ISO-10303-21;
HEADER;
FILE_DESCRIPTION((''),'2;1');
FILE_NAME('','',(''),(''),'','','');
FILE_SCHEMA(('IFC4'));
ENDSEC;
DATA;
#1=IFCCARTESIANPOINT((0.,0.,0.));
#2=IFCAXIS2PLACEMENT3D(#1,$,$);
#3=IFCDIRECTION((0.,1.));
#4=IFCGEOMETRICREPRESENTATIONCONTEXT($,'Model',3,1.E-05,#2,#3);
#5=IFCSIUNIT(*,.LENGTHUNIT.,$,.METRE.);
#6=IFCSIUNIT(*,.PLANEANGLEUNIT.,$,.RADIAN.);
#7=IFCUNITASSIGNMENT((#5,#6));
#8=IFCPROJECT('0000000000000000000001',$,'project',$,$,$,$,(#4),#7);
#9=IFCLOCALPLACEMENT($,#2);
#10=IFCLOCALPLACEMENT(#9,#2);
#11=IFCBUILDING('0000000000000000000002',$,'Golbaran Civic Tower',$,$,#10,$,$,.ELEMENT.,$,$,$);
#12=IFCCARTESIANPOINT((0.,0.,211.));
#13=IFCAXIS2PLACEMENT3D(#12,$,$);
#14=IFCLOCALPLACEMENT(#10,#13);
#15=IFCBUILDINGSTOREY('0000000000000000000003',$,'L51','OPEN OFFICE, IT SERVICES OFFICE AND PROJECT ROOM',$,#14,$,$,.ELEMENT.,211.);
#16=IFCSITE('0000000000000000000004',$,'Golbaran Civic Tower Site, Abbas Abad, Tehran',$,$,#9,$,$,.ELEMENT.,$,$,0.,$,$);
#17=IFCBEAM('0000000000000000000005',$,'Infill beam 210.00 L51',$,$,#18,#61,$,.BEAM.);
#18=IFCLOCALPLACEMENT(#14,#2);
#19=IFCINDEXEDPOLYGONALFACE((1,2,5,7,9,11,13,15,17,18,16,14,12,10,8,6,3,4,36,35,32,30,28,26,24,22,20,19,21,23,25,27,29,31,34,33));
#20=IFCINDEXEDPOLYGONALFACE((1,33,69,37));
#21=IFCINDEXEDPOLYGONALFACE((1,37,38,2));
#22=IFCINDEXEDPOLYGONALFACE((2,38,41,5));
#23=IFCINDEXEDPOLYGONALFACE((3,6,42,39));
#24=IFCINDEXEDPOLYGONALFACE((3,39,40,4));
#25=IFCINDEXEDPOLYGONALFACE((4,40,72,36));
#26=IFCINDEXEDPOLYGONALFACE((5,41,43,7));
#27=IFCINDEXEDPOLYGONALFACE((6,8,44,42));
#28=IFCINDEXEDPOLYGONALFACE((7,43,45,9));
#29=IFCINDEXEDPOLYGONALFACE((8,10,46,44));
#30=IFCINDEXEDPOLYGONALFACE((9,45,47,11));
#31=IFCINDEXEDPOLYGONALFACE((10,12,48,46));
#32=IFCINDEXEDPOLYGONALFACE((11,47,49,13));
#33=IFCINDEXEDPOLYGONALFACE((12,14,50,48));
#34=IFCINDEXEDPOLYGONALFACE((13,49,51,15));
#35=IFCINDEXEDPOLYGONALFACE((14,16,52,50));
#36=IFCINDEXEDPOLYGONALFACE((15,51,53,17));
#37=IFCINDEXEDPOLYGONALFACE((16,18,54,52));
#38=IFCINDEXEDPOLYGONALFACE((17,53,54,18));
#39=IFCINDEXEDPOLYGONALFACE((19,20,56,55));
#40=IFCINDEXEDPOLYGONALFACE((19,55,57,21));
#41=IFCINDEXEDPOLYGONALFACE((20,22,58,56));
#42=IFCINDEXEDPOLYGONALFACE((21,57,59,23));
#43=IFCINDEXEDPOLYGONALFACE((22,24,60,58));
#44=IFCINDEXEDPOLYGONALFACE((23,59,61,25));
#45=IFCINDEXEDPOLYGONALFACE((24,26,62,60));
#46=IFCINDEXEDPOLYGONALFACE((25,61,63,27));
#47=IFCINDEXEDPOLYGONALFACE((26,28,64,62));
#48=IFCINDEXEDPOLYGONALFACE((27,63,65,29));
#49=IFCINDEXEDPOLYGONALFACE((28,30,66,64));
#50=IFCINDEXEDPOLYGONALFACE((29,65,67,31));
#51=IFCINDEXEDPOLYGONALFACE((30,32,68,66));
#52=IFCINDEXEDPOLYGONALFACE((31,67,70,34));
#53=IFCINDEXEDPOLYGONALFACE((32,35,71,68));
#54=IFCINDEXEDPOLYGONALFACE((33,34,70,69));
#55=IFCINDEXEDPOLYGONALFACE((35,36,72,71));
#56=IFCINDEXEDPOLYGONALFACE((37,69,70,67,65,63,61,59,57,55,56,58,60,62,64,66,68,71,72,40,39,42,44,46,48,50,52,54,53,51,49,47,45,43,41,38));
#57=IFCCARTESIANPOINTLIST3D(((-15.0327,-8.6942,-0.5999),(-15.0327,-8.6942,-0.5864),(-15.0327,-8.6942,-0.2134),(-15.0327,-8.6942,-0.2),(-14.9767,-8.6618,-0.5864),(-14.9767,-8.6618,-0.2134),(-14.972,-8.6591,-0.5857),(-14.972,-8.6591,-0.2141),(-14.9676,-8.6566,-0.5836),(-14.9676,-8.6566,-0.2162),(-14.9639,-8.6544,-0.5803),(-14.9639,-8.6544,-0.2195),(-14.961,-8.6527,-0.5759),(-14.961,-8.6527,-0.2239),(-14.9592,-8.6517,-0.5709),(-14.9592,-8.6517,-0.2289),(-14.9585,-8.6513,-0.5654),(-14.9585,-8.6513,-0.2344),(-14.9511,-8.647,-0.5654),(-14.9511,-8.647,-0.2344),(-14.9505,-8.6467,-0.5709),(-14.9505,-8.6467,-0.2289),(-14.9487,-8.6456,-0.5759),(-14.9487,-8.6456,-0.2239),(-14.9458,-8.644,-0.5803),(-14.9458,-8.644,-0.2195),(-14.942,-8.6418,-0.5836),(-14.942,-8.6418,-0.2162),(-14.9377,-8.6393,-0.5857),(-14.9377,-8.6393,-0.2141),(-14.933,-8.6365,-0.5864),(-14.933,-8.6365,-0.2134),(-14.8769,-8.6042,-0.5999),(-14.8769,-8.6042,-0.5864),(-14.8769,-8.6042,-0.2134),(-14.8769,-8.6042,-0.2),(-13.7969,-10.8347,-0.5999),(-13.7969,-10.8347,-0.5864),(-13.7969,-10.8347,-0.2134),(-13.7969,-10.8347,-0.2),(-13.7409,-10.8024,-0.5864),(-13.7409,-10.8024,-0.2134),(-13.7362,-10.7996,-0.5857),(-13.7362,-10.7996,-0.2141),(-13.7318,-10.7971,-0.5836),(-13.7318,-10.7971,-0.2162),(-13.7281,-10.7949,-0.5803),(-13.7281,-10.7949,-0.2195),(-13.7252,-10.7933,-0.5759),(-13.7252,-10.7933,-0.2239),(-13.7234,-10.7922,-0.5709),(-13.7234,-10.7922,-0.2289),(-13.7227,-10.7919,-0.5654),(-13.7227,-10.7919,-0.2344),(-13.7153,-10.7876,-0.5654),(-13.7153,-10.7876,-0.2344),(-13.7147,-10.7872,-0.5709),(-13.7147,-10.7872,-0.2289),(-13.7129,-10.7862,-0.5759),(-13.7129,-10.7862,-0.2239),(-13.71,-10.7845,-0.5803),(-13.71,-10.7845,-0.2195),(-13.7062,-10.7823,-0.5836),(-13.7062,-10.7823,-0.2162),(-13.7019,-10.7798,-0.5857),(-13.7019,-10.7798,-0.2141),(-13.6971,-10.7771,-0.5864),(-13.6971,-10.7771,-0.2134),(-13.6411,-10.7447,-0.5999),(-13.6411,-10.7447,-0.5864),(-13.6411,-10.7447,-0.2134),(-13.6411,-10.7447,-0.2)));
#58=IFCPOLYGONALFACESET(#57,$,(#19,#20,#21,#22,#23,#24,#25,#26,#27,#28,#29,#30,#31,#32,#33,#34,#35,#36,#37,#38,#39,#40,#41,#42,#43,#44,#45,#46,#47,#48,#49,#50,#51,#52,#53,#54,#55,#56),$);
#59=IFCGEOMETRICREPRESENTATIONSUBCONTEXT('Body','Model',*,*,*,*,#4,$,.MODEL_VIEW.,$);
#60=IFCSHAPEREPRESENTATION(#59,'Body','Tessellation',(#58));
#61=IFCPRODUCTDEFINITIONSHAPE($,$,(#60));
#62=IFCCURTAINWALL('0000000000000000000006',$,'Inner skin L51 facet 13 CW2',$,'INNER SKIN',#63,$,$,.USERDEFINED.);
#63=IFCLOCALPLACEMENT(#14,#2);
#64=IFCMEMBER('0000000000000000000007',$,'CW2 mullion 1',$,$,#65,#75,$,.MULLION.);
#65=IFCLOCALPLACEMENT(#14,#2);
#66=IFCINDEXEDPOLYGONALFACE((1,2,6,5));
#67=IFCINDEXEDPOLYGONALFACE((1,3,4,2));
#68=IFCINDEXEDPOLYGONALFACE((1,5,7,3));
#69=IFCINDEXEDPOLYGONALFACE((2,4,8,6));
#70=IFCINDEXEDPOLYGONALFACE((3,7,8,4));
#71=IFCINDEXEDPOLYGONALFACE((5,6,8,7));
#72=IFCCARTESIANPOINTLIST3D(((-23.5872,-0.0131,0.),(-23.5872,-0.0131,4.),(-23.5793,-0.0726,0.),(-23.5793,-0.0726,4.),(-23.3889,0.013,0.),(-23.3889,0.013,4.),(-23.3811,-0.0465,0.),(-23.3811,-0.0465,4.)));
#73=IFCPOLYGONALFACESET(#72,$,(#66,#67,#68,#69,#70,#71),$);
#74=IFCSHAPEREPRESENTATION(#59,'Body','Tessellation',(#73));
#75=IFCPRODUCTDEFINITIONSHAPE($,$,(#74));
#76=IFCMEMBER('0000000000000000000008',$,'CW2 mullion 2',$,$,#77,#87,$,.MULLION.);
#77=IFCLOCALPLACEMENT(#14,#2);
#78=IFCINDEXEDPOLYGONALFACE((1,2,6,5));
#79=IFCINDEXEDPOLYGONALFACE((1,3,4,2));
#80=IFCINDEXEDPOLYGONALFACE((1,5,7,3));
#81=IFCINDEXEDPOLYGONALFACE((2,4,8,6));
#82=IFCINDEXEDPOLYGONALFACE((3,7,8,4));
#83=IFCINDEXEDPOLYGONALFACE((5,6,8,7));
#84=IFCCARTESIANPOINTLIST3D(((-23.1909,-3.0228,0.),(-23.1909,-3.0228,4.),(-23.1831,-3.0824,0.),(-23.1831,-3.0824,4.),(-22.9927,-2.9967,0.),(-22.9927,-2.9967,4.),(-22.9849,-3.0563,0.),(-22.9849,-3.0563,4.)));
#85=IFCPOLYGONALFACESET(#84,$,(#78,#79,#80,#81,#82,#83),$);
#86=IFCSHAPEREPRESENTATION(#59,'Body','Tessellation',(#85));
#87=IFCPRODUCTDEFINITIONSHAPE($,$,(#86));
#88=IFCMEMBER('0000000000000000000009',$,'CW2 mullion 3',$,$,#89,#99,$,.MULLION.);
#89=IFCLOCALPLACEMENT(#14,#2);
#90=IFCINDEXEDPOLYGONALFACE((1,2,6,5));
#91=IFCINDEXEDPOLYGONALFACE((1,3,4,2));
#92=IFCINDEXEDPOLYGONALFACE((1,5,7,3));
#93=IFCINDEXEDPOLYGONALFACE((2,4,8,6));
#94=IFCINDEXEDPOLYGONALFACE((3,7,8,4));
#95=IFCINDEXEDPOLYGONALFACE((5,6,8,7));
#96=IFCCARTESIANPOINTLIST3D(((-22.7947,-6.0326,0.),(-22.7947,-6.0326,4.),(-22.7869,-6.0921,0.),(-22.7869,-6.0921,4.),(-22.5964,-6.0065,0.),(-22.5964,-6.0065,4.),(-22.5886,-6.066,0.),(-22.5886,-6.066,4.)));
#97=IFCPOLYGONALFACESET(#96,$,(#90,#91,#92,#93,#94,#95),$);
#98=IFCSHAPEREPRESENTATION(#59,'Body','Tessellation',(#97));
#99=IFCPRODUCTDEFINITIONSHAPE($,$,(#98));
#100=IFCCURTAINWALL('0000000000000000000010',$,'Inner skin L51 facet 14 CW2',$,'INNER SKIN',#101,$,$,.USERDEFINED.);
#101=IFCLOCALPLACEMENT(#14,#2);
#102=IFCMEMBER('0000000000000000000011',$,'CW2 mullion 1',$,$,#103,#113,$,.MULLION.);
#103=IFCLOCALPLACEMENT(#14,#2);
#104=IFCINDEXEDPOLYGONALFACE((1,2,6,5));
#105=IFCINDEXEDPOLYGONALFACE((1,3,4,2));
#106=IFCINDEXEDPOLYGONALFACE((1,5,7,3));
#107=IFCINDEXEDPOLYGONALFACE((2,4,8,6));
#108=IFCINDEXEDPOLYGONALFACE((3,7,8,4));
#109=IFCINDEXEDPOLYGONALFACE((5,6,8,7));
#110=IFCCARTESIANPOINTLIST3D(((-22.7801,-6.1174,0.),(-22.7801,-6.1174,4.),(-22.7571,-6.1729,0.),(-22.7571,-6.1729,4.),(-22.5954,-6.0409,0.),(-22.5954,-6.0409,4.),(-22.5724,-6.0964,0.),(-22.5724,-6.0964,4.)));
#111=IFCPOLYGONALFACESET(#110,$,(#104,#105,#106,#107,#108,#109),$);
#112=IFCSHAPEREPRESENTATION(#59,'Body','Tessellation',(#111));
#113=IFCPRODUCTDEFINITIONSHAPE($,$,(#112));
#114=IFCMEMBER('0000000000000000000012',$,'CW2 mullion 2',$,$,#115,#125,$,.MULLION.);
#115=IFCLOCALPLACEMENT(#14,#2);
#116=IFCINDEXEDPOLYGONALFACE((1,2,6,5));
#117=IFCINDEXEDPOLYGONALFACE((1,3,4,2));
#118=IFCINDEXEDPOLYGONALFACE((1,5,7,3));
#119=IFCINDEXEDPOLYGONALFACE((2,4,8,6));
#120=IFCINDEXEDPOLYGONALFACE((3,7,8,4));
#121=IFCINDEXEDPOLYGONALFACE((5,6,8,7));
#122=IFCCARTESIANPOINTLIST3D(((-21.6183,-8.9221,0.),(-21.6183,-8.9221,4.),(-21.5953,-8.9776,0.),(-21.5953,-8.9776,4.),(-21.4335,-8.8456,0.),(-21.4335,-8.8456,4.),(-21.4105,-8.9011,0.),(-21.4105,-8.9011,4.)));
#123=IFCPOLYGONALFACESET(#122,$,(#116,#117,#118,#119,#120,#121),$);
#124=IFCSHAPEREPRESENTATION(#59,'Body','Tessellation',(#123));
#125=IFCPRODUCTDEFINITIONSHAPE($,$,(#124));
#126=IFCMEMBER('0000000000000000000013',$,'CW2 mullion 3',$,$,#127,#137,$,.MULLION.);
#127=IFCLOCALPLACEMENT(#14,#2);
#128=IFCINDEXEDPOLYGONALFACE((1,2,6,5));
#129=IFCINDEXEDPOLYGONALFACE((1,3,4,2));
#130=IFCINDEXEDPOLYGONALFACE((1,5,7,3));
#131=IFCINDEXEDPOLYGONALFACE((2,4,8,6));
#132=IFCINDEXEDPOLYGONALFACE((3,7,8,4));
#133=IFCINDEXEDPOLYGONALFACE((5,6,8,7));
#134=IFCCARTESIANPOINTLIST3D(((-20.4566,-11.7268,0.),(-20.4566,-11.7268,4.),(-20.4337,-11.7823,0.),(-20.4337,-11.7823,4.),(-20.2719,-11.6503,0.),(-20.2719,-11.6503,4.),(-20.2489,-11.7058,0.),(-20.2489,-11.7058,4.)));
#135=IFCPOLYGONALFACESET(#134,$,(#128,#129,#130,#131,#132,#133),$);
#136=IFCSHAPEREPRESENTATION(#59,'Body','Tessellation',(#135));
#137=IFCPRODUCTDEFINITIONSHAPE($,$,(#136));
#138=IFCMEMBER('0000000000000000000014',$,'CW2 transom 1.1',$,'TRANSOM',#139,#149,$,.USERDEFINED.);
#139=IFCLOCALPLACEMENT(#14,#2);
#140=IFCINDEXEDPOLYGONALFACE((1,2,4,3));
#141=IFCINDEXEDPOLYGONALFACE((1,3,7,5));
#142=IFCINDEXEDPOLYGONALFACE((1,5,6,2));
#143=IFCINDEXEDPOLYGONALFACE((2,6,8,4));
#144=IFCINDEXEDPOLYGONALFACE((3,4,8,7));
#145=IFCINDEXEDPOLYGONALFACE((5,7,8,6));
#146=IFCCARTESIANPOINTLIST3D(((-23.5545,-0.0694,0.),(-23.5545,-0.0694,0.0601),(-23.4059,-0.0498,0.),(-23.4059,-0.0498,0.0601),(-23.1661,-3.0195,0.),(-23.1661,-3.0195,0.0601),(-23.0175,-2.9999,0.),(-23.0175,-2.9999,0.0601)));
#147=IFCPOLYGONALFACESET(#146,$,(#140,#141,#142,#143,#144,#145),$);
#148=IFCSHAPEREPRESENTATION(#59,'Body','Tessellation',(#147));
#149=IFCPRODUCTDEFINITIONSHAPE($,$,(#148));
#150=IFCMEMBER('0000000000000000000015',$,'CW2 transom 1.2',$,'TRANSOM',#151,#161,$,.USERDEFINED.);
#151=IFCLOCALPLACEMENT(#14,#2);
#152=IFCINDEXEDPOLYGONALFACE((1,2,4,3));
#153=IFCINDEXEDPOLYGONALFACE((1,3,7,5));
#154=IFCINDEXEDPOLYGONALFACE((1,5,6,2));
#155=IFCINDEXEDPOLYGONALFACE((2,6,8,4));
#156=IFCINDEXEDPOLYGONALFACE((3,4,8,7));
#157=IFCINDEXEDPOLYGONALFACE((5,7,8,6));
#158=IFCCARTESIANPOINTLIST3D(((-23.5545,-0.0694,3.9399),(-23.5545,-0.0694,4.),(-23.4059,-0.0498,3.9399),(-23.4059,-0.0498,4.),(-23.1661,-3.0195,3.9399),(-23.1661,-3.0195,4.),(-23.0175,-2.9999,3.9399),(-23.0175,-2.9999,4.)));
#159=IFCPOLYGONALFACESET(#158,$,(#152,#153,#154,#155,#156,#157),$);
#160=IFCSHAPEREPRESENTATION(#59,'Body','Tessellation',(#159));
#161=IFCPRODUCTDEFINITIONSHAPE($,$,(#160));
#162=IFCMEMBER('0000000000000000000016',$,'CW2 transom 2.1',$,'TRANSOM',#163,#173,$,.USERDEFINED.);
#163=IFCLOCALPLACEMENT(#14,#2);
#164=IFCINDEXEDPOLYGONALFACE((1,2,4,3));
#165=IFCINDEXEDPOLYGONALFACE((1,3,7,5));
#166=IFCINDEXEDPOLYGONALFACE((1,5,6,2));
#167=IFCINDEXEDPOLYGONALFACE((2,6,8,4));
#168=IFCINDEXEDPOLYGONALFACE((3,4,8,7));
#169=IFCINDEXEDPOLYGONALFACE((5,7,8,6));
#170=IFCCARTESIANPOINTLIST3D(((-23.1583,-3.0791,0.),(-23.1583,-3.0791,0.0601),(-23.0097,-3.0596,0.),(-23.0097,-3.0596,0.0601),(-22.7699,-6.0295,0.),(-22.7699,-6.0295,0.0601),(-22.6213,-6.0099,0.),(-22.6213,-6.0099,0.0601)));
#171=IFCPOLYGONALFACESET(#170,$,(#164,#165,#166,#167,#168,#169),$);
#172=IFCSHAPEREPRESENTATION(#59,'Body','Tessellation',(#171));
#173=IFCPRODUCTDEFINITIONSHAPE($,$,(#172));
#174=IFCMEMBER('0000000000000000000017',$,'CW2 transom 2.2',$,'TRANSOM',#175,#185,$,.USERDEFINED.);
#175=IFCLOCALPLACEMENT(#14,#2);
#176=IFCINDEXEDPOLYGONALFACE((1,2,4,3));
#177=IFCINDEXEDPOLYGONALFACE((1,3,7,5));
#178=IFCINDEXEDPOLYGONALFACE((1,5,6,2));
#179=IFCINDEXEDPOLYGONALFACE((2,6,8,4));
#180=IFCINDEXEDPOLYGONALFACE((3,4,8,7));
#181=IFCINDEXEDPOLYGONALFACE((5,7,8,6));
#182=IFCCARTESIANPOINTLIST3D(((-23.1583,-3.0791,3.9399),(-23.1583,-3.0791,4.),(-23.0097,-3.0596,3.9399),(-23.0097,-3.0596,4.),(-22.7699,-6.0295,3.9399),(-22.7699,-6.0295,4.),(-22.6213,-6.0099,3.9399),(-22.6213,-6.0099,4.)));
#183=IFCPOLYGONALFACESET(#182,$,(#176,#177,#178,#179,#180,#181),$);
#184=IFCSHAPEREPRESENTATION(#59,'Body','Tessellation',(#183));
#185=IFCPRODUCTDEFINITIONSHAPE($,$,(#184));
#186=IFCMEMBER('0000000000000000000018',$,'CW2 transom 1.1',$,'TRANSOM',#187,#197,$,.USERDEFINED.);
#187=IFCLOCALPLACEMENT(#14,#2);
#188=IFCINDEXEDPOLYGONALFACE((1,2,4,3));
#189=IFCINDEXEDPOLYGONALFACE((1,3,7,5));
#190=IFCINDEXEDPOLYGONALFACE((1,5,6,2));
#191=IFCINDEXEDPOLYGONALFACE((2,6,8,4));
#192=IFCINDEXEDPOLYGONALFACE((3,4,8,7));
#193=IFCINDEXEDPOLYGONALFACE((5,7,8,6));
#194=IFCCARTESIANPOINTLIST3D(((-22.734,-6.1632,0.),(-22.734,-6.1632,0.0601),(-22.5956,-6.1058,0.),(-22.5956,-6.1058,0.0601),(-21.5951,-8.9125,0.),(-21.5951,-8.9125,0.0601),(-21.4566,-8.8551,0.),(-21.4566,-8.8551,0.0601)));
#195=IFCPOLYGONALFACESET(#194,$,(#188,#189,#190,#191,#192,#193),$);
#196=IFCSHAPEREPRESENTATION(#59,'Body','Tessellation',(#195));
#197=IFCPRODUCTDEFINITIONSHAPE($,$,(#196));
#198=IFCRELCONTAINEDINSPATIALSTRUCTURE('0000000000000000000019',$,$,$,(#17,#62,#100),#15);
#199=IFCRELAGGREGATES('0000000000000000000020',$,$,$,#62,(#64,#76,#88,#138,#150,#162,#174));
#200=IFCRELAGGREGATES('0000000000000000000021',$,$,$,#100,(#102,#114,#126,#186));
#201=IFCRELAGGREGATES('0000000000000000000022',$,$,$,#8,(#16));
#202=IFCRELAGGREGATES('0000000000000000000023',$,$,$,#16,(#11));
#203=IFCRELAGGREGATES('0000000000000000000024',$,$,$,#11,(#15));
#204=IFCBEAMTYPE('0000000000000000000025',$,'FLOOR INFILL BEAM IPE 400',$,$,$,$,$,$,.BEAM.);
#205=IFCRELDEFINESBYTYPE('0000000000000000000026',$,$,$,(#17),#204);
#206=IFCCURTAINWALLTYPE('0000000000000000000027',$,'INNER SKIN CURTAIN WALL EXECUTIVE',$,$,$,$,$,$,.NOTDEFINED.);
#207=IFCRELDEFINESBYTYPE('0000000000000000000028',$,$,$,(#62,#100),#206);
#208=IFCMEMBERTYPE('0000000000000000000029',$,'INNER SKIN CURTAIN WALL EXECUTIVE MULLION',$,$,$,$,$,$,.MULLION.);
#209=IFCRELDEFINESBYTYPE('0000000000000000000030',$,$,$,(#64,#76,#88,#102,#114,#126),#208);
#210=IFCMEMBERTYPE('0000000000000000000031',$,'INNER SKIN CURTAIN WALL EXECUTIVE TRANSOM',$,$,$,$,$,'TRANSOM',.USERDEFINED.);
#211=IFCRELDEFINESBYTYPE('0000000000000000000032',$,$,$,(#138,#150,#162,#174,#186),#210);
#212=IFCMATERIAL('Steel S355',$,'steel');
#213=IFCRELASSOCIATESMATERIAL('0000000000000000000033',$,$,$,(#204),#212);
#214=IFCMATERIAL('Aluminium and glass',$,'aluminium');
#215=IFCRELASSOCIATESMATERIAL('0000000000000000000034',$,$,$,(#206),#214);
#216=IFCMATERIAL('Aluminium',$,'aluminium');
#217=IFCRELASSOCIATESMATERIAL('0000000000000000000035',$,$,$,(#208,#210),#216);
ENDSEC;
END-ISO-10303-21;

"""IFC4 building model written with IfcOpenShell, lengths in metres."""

from ifc_helpers import new_model, si_unit, direction, frame, origin, origin_2d, place, context, subcontext, project, spatial, rectangle, i_section, extrude, material, material_profile, profile_set, type_object, element, aggregate, save


model = new_model("IFC4")

# Units and contexts
model_context = context("Model", 3, precision=1e-05, world=origin(), true_north=direction((0.0, 1.0)))
body_context = subcontext(model_context, "Body", "Model", "MODEL_VIEW")
ifc_project = project(units=[si_unit("LENGTHUNIT", "METRE"), si_unit("PLANEANGLEUNIT", "RADIAN")], contexts=[model_context])

# Site, building, storey
site_placement = place(None, origin())
site = spatial("IfcSite", under=ifc_project, at=site_placement, Name="Golbaran Civic Tower Site, Abbas Abad, Tehran", CompositionType="ELEMENT", RefElevation=0.0)
building_placement = place(site_placement, origin())
building = spatial("IfcBuilding", under=site, at=building_placement, Name="Golbaran Civic Tower", CompositionType="ELEMENT")
storey_placement = place(building_placement, frame((0.0, 0.0, 211.0)))
storey = spatial("IfcBuildingStorey", under=building, at=storey_placement, Name="L51", Description="OPEN OFFICE, IT SERVICES OFFICE AND PROJECT ROOM", CompositionType="ELEMENT", Elevation=211.0)

# Beam
ifc_material_1 = material(Name="Steel S355", Category="steel")
ifc_material_profile_1 = material_profile(ifc_material_1, i_section(OverallWidth=0.1799, OverallDepth=0.3999, WebThickness=0.0085, FlangeThickness=0.0134, FilletRadius=0.021, at=origin_2d()), Name="IPE 400")
ifc_profile_set_1 = profile_set([ifc_material_profile_1], Name="Steel S355")
beam_type_1 = type_object("IfcBeamType", Name="FLOOR INFILL BEAM IPE 400", PredefinedType="BEAM", material=ifc_profile_set_1)
beam_1_placement = place(storey_placement, frame((-14.9548, -8.6492, -0.3999), z_axis=(0.499985, -0.866034, 0.0), x_axis=(0.866034, 0.499985, 0.0)))
element("IfcBeam", 1, at=beam_1_placement, inside=storey, type_object=beam_type_1, Name="Infill beam 210.00 L51", PredefinedType="BEAM", context=body_context, shape_type="SweptSolid", body=[
    extrude(i_section(OverallWidth=0.1799, OverallDepth=0.3999, WebThickness=0.0085, FlangeThickness=0.0134, FilletRadius=0.021, at=origin_2d()), origin(), (0.0, 0.0, 1.0), 2.4717),
])

# Curtain walls, members
ifc_material_2 = material(Name="Aluminium and glass", Category="aluminium")
curtain_wall_type = type_object("IfcCurtainWallType", Name="INNER SKIN CURTAIN WALL EXECUTIVE", PredefinedType="NOTDEFINED", material=ifc_material_2)
curtain_wall_1_placement = place(storey_placement, origin())
curtain_wall_1 = element("IfcCurtainWall", 2, at=curtain_wall_1_placement, inside=storey, type_object=curtain_wall_type, Name="Inner skin L51 facet 13 CW2", ObjectType="INNER SKIN", PredefinedType="USERDEFINED")
ifc_material_3 = material(Name="Aluminium", Category="aluminium")
ifc_material_profile_2 = material_profile(ifc_material_3, rectangle(XDim=0.2, YDim=0.0601, at=origin_2d()), Name="INNER SKIN CURTAIN WALL EXECUTIVE MULLION")
ifc_profile_set_2 = profile_set([ifc_material_profile_2], Name="Aluminium")
member_type_1 = type_object("IfcMemberType", Name="INNER SKIN CURTAIN WALL EXECUTIVE MULLION", PredefinedType="MULLION", material=ifc_profile_set_2)
member_1_placement = place(storey_placement, frame((-23.4841, -0.0298, 0.0), z_axis=(0.0, 0.0, 1.0), x_axis=(0.991445, 0.130526, 0.0)))
member_1 = element("IfcMember", 3, at=member_1_placement, type_object=member_type_1, Name="CW2 mullion 1", PredefinedType="MULLION", context=body_context, shape_type="SweptSolid", body=[
    extrude(rectangle(XDim=0.2, YDim=0.0601, at=origin_2d()), origin(), (0.0, 0.0, 1.0), 4.0),
])
member_2_placement = place(storey_placement, frame((-23.0879, -3.0396, 0.0), z_axis=(0.0, 0.0, 1.0), x_axis=(0.991445, 0.130526, 0.0)))
member_2 = element("IfcMember", 4, at=member_2_placement, type_object=member_type_1, Name="CW2 mullion 2", PredefinedType="MULLION", context=body_context, shape_type="SweptSolid", body=[
    extrude(rectangle(XDim=0.2, YDim=0.0601, at=origin_2d()), origin(), (0.0, 0.0, 1.0), 4.0),
])
member_3_placement = place(storey_placement, frame((-22.6917, -6.0493, 0.0), z_axis=(0.0, 0.0, 1.0), x_axis=(0.991445, 0.130526, 0.0)))
member_3 = element("IfcMember", 5, at=member_3_placement, type_object=member_type_1, Name="CW2 mullion 3", PredefinedType="MULLION", context=body_context, shape_type="SweptSolid", body=[
    extrude(rectangle(XDim=0.2, YDim=0.0601, at=origin_2d()), origin(), (0.0, 0.0, 1.0), 4.0),
])
curtain_wall_2_placement = place(storey_placement, origin())
curtain_wall_2 = element("IfcCurtainWall", 6, at=curtain_wall_2_placement, inside=storey, type_object=curtain_wall_type, Name="Inner skin L51 facet 14 CW2", ObjectType="INNER SKIN", PredefinedType="USERDEFINED")
member_4_placement = place(storey_placement, frame((-22.6763, -6.1069, 0.0), z_axis=(0.0, 0.0, 1.0), x_axis=(0.92388, 0.382683, 0.0)))
member_4 = element("IfcMember", 7, at=member_4_placement, type_object=member_type_1, Name="CW2 mullion 1", PredefinedType="MULLION", context=body_context, shape_type="SweptSolid", body=[
    extrude(rectangle(XDim=0.2, YDim=0.0601, at=origin_2d()), origin(), (0.0, 0.0, 1.0), 4.0),
])
member_5_placement = place(storey_placement, frame((-21.5144, -8.9116, 0.0), z_axis=(0.0, 0.0, 1.0), x_axis=(0.92388, 0.382683, 0.0)))
member_5 = element("IfcMember", 8, at=member_5_placement, type_object=member_type_1, Name="CW2 mullion 2", PredefinedType="MULLION", context=body_context, shape_type="SweptSolid", body=[
    extrude(rectangle(XDim=0.2, YDim=0.0601, at=origin_2d()), origin(), (0.0, 0.0, 1.0), 4.0),
])
member_6_placement = place(storey_placement, frame((-20.3528, -11.7163, 0.0), z_axis=(0.0, 0.0, 1.0), x_axis=(0.92388, 0.382683, 0.0)))
member_6 = element("IfcMember", 9, at=member_6_placement, type_object=member_type_1, Name="CW2 mullion 3", PredefinedType="MULLION", context=body_context, shape_type="SweptSolid", body=[
    extrude(rectangle(XDim=0.2, YDim=0.0601, at=origin_2d()), origin(), (0.0, 0.0, 1.0), 4.0),
])

# Members
ifc_material_profile_3 = material_profile(ifc_material_3, rectangle(XDim=0.1499, YDim=0.0601, at=origin_2d()), Name="INNER SKIN CURTAIN WALL EXECUTIVE TRANSOM")
ifc_profile_set_3 = profile_set([ifc_material_profile_3], Name="Aluminium")
member_type_2 = type_object("IfcMemberType", Name="INNER SKIN CURTAIN WALL EXECUTIVE TRANSOM", ElementType="TRANSOM", PredefinedType="USERDEFINED", material=ifc_profile_set_3)
member_7_placement = place(storey_placement, frame((-23.4802, -0.0596, 0.03), z_axis=(0.130535, -0.991444, 0.0), x_axis=(0.991444, 0.130535, 0.0)))
member_7 = element("IfcMember", 10, at=member_7_placement, type_object=member_type_2, Name="CW2 transom 1.1", ObjectType="TRANSOM", PredefinedType="USERDEFINED", context=body_context, shape_type="SweptSolid", body=[
    extrude(rectangle(XDim=0.1499, YDim=0.0601, at=origin_2d()), origin(), (0.0, 0.0, 1.0), 2.9756),
])
member_8_placement = place(storey_placement, frame((-23.4802, -0.0596, 3.97), z_axis=(0.130535, -0.991444, 0.0), x_axis=(0.991444, 0.130535, 0.0)))
member_8 = element("IfcMember", 11, at=member_8_placement, type_object=member_type_2, Name="CW2 transom 1.2", ObjectType="TRANSOM", PredefinedType="USERDEFINED", context=body_context, shape_type="SweptSolid", body=[
    extrude(rectangle(XDim=0.1499, YDim=0.0601, at=origin_2d()), origin(), (0.0, 0.0, 1.0), 2.9756),
])
member_9_placement = place(storey_placement, frame((-23.084, -3.0693, 0.03), z_axis=(0.130525, -0.991445, 0.0), x_axis=(0.991445, 0.130525, 0.0)))
member_9 = element("IfcMember", 12, at=member_9_placement, type_object=member_type_2, Name="CW2 transom 2.1", ObjectType="TRANSOM", PredefinedType="USERDEFINED", context=body_context, shape_type="SweptSolid", body=[
    extrude(rectangle(XDim=0.1499, YDim=0.0601, at=origin_2d()), origin(), (0.0, 0.0, 1.0), 2.9758),
])
member_10_placement = place(storey_placement, frame((-23.084, -3.0693, 3.97), z_axis=(0.130525, -0.991445, 0.0), x_axis=(0.991445, 0.130525, 0.0)))
member_10 = element("IfcMember", 13, at=member_10_placement, type_object=member_type_2, Name="CW2 transom 2.2", ObjectType="TRANSOM", PredefinedType="USERDEFINED", context=body_context, shape_type="SweptSolid", body=[
    extrude(rectangle(XDim=0.1499, YDim=0.0601, at=origin_2d()), origin(), (0.0, 0.0, 1.0), 2.9758),
])
member_11_placement = place(storey_placement, frame((-22.6648, -6.1345, 0.03), z_axis=(0.382721, -0.923864, 0.0), x_axis=(0.923864, 0.382721, 0.0)))
member_11 = element("IfcMember", 14, at=member_11_placement, type_object=member_type_2, Name="CW2 transom 1.1", ObjectType="TRANSOM", PredefinedType="USERDEFINED", context=body_context, shape_type="SweptSolid", body=[
    extrude(rectangle(XDim=0.1499, YDim=0.0601, at=origin_2d()), origin(), (0.0, 0.0, 1.0), 2.9758),
])

aggregate(curtain_wall_1, [member_1, member_2, member_3, member_7, member_8, member_9, member_10])
aggregate(curtain_wall_2, [member_4, member_5, member_6, member_11])

save(model, "model.ifc")
